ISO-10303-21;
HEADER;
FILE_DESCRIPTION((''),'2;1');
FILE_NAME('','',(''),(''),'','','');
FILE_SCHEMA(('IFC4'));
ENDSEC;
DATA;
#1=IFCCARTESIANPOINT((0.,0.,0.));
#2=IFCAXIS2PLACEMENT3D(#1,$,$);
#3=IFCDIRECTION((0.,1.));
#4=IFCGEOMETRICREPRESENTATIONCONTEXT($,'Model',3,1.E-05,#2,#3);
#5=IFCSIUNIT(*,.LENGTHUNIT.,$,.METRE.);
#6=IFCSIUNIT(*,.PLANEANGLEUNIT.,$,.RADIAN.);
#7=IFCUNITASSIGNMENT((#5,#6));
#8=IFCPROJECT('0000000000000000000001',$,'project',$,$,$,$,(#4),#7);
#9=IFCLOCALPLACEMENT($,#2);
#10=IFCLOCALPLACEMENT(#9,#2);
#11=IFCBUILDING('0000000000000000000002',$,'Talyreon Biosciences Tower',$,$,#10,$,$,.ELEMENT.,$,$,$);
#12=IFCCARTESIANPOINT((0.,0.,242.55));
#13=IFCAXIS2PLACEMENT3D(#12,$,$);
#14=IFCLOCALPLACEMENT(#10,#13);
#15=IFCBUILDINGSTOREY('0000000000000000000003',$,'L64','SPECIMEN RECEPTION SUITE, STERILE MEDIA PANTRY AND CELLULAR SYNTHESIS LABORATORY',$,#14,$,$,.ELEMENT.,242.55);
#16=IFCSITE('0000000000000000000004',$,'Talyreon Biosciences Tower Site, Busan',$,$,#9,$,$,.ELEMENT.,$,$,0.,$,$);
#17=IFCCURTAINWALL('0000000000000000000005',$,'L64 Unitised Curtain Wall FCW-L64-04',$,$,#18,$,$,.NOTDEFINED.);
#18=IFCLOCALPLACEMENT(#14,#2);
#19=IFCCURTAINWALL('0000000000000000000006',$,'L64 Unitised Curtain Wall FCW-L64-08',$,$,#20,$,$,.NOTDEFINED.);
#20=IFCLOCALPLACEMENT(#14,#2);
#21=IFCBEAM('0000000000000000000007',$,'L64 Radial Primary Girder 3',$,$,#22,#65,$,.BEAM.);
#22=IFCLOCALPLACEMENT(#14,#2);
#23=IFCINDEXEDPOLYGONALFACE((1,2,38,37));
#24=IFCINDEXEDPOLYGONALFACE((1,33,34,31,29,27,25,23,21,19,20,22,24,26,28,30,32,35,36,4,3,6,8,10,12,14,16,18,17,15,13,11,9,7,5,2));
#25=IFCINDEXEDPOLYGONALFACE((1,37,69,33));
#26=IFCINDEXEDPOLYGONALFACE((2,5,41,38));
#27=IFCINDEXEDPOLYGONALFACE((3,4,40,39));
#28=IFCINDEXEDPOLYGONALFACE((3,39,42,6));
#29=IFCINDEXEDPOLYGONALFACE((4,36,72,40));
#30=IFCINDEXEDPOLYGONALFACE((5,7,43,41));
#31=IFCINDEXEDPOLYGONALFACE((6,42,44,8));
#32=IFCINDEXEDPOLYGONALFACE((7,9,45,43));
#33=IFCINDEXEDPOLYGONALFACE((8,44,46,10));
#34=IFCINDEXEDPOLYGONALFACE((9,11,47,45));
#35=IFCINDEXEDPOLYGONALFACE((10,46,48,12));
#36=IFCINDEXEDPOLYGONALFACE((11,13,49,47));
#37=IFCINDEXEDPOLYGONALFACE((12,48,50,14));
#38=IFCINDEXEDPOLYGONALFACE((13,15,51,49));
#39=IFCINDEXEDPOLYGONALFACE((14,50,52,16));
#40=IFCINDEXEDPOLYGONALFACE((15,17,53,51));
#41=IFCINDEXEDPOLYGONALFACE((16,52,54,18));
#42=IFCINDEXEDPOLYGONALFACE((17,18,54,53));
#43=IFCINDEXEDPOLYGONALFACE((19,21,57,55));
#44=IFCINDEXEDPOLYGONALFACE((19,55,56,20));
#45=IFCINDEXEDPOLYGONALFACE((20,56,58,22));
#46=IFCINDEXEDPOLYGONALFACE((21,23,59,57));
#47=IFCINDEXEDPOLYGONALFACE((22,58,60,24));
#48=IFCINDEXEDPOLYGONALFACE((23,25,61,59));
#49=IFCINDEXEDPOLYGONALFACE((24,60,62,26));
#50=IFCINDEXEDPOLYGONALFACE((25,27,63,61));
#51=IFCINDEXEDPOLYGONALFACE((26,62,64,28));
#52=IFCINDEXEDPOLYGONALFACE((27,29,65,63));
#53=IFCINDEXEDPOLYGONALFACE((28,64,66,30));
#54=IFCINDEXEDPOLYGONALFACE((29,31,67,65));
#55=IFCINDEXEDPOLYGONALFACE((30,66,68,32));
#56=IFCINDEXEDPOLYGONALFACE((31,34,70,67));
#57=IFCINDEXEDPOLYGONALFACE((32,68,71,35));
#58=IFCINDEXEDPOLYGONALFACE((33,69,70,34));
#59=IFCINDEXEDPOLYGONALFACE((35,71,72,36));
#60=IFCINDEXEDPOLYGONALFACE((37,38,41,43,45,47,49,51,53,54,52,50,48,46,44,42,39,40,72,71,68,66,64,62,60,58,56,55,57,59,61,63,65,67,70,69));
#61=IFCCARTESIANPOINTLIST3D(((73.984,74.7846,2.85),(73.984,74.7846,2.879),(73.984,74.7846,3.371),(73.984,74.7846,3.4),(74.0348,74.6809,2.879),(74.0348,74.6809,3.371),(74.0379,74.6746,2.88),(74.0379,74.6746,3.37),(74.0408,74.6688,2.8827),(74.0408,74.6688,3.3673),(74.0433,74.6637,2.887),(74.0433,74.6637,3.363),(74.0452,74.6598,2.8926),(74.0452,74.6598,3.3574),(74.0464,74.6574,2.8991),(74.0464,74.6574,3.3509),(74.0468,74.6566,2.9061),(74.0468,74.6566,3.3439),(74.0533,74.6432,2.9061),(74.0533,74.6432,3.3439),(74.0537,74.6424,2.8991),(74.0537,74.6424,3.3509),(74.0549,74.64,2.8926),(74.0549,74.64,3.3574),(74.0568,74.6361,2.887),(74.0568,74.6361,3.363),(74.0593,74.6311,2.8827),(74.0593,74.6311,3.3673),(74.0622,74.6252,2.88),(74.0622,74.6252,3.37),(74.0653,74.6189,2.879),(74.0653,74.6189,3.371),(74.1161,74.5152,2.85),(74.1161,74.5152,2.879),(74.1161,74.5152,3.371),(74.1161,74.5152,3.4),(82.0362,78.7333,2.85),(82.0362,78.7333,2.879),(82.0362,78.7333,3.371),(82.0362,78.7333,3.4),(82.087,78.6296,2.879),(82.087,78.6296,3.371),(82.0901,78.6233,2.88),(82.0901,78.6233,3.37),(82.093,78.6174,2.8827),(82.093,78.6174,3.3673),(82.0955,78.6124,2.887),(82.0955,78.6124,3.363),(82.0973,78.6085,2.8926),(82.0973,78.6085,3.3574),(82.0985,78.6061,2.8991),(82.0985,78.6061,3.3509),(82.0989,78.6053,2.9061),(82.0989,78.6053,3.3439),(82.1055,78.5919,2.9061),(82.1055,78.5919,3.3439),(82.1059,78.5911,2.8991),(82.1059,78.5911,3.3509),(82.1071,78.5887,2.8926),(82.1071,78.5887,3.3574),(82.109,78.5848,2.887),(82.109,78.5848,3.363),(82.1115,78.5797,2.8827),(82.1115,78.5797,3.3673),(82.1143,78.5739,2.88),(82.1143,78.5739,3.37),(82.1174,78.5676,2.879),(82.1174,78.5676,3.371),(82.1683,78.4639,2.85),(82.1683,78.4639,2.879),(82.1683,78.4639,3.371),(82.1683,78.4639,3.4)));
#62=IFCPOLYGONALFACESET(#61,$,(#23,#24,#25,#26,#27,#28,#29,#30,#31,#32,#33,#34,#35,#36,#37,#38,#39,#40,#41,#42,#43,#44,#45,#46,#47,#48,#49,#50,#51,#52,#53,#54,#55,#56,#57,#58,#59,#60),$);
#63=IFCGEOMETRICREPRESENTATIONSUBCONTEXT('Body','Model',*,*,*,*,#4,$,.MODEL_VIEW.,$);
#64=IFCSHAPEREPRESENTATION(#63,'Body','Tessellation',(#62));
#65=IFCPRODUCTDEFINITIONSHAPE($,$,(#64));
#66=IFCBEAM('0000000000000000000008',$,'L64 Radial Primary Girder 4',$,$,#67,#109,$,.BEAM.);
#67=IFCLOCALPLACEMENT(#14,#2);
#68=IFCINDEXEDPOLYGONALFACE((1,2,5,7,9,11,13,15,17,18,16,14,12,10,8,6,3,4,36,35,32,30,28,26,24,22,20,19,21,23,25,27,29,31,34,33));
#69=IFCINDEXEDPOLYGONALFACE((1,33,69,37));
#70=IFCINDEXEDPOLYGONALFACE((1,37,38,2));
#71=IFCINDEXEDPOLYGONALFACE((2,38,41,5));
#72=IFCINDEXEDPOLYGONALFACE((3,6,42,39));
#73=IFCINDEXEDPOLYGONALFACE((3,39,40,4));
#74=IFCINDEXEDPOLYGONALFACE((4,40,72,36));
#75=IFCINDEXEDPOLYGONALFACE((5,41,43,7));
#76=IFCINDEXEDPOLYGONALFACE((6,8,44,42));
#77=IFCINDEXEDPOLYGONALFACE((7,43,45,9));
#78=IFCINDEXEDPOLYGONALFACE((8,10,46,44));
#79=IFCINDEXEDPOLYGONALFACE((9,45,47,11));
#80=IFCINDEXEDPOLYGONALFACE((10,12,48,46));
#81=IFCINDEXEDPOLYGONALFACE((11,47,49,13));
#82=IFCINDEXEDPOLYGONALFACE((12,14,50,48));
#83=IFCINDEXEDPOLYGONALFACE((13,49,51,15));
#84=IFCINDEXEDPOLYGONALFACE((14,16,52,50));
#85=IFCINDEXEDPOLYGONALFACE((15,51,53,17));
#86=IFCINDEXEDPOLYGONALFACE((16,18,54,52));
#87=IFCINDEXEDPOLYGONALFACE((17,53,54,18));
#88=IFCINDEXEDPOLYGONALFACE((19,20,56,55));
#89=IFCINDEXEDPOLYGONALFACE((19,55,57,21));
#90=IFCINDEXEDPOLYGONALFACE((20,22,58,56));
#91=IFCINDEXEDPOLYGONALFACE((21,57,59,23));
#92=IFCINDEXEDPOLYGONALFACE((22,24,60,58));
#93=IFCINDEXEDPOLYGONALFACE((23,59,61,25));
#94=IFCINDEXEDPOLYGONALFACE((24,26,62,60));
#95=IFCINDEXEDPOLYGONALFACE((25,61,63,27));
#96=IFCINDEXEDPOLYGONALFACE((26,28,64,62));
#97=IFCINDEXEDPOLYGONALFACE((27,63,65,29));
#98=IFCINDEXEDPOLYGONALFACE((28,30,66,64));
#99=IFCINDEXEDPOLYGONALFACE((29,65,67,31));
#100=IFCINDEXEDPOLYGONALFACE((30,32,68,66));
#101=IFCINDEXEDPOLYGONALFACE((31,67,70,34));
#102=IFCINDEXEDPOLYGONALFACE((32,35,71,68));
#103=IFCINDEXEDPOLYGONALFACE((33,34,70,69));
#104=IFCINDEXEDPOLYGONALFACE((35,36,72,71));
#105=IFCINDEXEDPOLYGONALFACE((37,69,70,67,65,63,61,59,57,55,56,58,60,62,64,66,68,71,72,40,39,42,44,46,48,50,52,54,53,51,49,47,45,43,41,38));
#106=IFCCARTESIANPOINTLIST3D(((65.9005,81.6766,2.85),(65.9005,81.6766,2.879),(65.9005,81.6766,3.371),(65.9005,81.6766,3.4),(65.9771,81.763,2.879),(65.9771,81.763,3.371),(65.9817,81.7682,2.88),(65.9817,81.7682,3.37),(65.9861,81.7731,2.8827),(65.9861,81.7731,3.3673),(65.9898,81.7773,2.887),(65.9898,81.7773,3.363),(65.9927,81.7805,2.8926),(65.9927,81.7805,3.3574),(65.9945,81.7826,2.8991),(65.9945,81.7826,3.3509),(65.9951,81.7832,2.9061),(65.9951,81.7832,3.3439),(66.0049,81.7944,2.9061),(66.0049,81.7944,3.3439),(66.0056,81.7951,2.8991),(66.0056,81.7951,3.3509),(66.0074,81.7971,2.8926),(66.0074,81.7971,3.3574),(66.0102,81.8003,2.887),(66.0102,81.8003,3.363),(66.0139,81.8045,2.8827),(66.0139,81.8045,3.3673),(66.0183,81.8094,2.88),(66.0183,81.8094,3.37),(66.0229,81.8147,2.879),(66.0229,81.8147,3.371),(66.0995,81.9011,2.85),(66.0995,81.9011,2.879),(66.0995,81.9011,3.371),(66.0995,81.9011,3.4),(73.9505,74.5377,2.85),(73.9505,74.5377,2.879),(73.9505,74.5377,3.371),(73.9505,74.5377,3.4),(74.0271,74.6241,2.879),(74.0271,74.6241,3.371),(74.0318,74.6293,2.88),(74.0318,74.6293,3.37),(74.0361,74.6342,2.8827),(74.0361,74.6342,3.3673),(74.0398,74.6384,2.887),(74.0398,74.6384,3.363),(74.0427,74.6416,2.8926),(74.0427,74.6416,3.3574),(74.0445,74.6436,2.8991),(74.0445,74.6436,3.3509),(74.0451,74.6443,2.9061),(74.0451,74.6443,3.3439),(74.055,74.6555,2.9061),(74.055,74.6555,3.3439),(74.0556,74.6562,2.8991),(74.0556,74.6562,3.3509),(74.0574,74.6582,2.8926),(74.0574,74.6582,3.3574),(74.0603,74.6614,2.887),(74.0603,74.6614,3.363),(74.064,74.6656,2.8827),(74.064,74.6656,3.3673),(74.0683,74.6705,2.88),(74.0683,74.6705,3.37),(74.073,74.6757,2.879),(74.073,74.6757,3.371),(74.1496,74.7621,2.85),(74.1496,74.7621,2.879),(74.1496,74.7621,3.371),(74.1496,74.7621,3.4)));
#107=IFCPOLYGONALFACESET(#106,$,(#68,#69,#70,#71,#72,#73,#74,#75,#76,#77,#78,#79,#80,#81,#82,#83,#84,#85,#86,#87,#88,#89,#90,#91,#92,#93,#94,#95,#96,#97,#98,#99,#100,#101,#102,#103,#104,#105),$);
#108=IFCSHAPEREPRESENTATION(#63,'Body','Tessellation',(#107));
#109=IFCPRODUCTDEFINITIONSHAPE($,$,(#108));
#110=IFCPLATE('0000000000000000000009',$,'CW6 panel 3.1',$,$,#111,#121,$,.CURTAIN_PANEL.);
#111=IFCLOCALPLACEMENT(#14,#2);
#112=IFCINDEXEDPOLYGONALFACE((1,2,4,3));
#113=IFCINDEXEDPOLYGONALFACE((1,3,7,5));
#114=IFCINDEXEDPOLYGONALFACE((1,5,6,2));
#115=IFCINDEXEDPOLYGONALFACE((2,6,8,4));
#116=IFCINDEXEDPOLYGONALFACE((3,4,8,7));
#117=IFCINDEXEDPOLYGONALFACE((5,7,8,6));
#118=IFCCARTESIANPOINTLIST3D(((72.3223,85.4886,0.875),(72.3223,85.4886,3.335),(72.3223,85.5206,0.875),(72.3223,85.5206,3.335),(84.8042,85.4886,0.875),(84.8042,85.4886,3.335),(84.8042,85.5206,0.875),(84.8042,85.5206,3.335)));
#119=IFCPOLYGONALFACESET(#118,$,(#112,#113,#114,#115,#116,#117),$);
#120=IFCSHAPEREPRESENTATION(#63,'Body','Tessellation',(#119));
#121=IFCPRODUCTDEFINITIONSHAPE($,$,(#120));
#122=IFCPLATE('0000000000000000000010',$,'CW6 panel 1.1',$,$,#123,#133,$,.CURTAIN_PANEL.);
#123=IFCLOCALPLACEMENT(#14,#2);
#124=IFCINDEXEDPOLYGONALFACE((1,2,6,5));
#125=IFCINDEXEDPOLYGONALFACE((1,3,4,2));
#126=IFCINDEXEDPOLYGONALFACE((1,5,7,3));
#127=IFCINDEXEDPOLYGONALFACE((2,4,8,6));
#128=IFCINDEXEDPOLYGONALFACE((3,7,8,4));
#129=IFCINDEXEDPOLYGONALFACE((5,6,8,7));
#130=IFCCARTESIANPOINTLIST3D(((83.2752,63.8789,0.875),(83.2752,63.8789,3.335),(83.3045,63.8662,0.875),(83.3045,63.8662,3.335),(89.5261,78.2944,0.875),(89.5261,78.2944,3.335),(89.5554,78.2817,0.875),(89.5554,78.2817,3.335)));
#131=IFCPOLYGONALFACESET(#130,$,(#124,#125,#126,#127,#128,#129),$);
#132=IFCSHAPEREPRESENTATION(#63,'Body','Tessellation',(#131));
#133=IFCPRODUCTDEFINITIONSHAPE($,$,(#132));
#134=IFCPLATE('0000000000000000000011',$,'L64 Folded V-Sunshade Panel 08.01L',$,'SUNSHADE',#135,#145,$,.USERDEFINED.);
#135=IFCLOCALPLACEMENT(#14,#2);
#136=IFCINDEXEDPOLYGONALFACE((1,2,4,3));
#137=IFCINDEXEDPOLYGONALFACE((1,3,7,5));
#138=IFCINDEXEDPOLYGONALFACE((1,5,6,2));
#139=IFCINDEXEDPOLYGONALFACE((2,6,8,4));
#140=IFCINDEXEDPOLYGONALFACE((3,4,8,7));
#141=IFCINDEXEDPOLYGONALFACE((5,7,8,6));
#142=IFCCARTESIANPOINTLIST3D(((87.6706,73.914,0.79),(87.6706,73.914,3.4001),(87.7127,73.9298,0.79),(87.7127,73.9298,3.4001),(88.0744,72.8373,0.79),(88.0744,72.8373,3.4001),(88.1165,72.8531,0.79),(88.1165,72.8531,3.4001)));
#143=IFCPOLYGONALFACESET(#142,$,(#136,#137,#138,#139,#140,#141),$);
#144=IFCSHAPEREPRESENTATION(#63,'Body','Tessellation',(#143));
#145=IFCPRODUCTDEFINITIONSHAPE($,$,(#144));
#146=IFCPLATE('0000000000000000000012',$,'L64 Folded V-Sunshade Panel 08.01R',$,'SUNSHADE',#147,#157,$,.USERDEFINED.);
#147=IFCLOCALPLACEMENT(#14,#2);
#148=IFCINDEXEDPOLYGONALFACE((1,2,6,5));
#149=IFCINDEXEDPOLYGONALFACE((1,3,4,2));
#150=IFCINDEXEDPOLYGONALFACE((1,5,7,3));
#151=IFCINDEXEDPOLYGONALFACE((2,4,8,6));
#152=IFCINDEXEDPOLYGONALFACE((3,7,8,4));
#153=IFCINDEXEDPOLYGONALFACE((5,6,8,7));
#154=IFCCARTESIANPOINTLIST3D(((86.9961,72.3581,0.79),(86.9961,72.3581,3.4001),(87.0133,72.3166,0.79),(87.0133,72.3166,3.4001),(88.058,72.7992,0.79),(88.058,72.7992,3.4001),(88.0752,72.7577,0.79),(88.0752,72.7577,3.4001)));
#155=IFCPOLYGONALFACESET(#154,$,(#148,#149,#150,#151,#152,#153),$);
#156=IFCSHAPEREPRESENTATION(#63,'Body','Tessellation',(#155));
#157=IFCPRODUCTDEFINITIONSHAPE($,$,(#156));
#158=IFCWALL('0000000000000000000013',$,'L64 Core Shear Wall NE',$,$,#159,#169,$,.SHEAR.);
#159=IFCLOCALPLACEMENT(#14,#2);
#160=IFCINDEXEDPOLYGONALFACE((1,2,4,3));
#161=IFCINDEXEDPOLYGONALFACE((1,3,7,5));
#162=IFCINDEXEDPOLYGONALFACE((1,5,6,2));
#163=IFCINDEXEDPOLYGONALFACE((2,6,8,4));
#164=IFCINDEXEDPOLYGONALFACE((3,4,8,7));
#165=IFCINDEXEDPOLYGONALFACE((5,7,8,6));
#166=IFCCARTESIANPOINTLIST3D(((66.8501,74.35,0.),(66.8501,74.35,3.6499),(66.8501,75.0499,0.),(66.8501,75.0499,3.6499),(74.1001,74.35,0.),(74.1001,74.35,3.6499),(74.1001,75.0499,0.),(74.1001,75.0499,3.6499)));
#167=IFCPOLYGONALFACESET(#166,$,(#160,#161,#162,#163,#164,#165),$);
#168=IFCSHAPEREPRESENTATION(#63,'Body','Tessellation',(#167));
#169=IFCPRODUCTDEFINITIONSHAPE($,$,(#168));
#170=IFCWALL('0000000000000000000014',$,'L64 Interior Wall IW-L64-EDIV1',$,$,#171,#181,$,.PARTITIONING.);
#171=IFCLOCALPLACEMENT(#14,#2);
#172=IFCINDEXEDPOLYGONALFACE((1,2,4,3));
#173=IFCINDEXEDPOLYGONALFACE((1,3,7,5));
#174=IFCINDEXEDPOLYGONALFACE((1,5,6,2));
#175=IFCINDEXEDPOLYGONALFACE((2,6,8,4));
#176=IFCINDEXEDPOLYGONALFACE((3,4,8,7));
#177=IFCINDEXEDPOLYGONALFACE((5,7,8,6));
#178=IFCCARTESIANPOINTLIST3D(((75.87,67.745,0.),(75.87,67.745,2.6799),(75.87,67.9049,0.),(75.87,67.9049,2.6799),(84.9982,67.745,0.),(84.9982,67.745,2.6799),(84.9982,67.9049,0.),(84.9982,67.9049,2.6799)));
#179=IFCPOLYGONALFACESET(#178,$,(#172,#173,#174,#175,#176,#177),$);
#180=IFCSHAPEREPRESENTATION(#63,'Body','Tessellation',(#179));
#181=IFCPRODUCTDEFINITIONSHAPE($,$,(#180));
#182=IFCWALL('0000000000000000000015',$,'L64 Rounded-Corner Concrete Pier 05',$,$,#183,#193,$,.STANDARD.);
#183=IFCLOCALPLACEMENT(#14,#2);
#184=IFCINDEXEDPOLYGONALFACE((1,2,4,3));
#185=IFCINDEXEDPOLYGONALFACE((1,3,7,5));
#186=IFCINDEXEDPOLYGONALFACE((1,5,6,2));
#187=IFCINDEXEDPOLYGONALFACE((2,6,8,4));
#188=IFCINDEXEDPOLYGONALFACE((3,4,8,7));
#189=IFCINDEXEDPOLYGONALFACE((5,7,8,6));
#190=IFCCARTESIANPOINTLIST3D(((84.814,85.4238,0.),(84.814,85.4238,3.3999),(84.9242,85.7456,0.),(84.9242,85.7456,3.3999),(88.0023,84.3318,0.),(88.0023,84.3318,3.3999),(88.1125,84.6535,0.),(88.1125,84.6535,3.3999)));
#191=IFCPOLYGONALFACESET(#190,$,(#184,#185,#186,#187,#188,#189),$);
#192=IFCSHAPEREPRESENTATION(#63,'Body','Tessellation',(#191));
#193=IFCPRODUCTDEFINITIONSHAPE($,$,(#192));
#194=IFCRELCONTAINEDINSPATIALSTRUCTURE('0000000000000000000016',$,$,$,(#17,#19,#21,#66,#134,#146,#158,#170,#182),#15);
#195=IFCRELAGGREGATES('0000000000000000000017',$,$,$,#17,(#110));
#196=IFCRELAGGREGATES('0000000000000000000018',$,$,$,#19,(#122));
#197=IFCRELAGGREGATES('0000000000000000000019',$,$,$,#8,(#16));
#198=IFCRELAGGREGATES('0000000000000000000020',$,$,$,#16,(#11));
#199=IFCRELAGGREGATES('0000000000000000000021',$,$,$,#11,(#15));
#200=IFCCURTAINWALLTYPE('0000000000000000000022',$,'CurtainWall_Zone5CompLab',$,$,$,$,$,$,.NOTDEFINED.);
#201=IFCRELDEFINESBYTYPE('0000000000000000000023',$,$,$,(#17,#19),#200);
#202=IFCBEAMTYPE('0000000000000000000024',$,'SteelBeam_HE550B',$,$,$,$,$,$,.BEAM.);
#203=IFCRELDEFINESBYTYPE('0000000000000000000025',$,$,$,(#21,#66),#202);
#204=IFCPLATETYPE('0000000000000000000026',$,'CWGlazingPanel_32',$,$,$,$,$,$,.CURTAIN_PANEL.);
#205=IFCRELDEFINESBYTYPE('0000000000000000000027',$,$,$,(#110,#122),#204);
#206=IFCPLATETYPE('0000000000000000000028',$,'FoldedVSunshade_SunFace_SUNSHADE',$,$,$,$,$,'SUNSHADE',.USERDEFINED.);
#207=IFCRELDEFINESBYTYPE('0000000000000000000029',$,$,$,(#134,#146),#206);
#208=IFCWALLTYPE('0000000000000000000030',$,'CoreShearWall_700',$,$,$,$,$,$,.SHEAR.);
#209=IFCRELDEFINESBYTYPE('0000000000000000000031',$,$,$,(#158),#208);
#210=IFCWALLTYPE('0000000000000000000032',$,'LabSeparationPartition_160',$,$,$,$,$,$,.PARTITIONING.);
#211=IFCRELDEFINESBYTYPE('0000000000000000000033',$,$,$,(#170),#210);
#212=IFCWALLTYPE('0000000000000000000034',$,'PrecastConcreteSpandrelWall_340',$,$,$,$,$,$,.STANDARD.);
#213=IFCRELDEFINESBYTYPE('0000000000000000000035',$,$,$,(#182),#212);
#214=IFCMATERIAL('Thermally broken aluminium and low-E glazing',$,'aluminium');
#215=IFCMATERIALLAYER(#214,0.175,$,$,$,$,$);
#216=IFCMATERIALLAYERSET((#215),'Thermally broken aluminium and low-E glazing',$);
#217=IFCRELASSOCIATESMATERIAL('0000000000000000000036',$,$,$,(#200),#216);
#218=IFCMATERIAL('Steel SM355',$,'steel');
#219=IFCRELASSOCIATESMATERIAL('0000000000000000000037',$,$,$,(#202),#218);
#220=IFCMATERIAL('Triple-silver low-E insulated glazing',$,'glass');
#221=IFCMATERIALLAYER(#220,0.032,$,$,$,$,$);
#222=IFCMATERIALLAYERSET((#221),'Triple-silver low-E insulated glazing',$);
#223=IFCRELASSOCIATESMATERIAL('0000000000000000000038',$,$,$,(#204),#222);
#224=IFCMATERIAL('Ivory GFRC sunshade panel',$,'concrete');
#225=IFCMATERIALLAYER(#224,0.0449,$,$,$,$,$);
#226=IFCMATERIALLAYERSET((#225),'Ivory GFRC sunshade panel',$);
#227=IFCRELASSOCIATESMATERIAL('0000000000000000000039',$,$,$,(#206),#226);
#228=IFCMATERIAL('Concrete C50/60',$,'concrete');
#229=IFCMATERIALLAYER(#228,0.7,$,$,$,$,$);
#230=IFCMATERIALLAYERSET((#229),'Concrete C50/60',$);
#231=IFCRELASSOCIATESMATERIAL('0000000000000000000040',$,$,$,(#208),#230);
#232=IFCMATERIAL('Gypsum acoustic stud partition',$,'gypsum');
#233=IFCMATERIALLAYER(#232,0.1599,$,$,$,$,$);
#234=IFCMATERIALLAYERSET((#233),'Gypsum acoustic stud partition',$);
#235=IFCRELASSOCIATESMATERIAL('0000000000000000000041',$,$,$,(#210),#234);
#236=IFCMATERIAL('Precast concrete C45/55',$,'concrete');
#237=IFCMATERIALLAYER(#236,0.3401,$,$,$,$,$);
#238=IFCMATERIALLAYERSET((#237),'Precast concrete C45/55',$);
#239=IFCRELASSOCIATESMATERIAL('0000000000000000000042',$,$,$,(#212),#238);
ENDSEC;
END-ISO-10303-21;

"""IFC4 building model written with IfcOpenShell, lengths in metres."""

from ifc_helpers import new_model, si_unit, direction, frame, frame_2d, origin, origin_2d, place, context, subcontext, project, spatial, rectangle, i_section, extrude, material, layer, layer_set, material_profile, profile_set, type_object, element, aggregate, save


model = new_model("IFC4")

# Units and contexts
model_context = context("Model", 3, precision=1e-05, world=origin(), true_north=direction((0.0, 1.0)))
body_context = subcontext(model_context, "Body", "Model", "MODEL_VIEW")
ifc_project = project(units=[si_unit("LENGTHUNIT", "METRE"), si_unit("PLANEANGLEUNIT", "RADIAN")], contexts=[model_context])

# Site, building, storey
site_placement = place(None, origin())
site = spatial("IfcSite", under=ifc_project, at=site_placement, Name="Talyreon Biosciences Tower Site, Busan", CompositionType="ELEMENT", RefElevation=0.0)
building_placement = place(site_placement, origin())
building = spatial("IfcBuilding", under=site, at=building_placement, Name="Talyreon Biosciences Tower", CompositionType="ELEMENT")
storey_placement = place(building_placement, frame((0.0, 0.0, 242.55)))
storey = spatial("IfcBuildingStorey", under=building, at=storey_placement, Name="L64", Description="SPECIMEN RECEPTION SUITE, STERILE MEDIA PANTRY AND CELLULAR SYNTHESIS LABORATORY", CompositionType="ELEMENT", Elevation=242.55)

# Shared definitions
ifc_material_1 = material(Name="Concrete C50/60", Category="concrete")

# Curtain wall
ifc_material_2 = material(Name="Thermally broken aluminium and low-E glazing", Category="aluminium")
ifc_layer_1 = layer(ifc_material_2, 0.175)
ifc_layer_set_1 = layer_set([ifc_layer_1], Name="Thermally broken aluminium and low-E glazing")
curtain_wall_type = type_object("IfcCurtainWallType", Name="CurtainWall_Zone5CompLab", PredefinedType="NOTDEFINED", material=ifc_layer_set_1)
curtain_wall_1_placement = place(storey_placement, origin())
curtain_wall_1 = element("IfcCurtainWall", 1, at=curtain_wall_1_placement, inside=storey, type_object=curtain_wall_type, Name="L64 Unitised Curtain Wall FCW-L64-04", PredefinedType="NOTDEFINED")

# Curtain wall
curtain_wall_2_placement = place(storey_placement, origin())
curtain_wall_2 = element("IfcCurtainWall", 2, at=curtain_wall_2_placement, inside=storey, type_object=curtain_wall_type, Name="L64 Unitised Curtain Wall FCW-L64-08", PredefinedType="NOTDEFINED")

# Beams
ifc_material_3 = material(Name="Precast concrete C45/55", Category="concrete")
ifc_material_4 = material(Name="Steel SM355", Category="steel")
ifc_material_profile_1 = material_profile(ifc_material_4, i_section(OverallWidth=0.3, OverallDepth=0.55, WebThickness=0.0149, FlangeThickness=0.0291, FilletRadius=0.0271, at=origin_2d()), Name="HE550B")
ifc_profile_set_1 = profile_set([ifc_material_profile_1], Name="Steel SM355")
beam_type_1 = type_object("IfcBeamType", Name="SteelBeam_HE550B", PredefinedType="BEAM", material=ifc_profile_set_1)
beam_1_placement = place(storey_placement, frame((74.05, 74.6499, 3.125), z_axis=(0.897852, 0.440297, 0.0), x_axis=(-0.440297, 0.897852, 0.0)))
element("IfcBeam", 3, at=beam_1_placement, inside=storey, type_object=beam_type_1, Name="L64 Radial Primary Girder 3", PredefinedType="BEAM", context=body_context, shape_type="SweptSolid", body=[
    extrude(i_section(OverallWidth=0.3, OverallDepth=0.55, WebThickness=0.0149, FlangeThickness=0.0291, FilletRadius=0.0271, at=origin_2d()), origin(), (0.0, 0.0, 1.0), 8.9683),
])
beam_2_placement = place(storey_placement, frame((74.05, 74.6499, 3.125), z_axis=(-0.748179, 0.663497, 0.0), x_axis=(-0.663497, -0.748179, 0.0)))
element("IfcBeam", 4, at=beam_2_placement, inside=storey, type_object=beam_type_1, Name="L64 Radial Primary Girder 4", PredefinedType="BEAM", context=body_context, shape_type="SweptSolid", body=[
    extrude(i_section(OverallWidth=0.3, OverallDepth=0.55, WebThickness=0.0149, FlangeThickness=0.0291, FilletRadius=0.0271, at=origin_2d()), origin(), (0.0, 0.0, 1.0), 10.7595),
])

# Plates
ifc_material_5 = material(Name="Triple-silver low-E insulated glazing", Category="glass")
ifc_layer_2 = layer(ifc_material_5, 0.032)
ifc_layer_set_2 = layer_set([ifc_layer_2], Name="Triple-silver low-E insulated glazing")
plate_type_1 = type_object("IfcPlateType", Name="CWGlazingPanel_32", PredefinedType="CURTAIN_PANEL", material=ifc_layer_set_2)
plate_1_placement = place(storey_placement, frame((78.5632, 85.5046, 0.875), z_axis=(0.0, 0.0, 1.0), x_axis=(1.0, 0.0, 0.0)))
plate_1 = element("IfcPlate", 5, at=plate_1_placement, type_object=plate_type_1, Name="CW6 panel 3.1", PredefinedType="CURTAIN_PANEL", context=body_context, shape_type="SweptSolid", body=[
    extrude(rectangle(XDim=12.4819, YDim=0.032, at=origin_2d()), origin(), (0.0, 0.0, 1.0), 2.46),
])
aggregate(curtain_wall_1, [plate_1])
plate_2_placement = place(storey_placement, frame((86.4153, 71.0803, 0.875), z_axis=(0.0, 0.0, 1.0), x_axis=(-0.397832, -0.917458, 0.0)))
plate_2 = element("IfcPlate", 6, at=plate_2_placement, type_object=plate_type_1, Name="CW6 panel 1.1", PredefinedType="CURTAIN_PANEL", context=body_context, shape_type="SweptSolid", body=[
    extrude(rectangle(XDim=15.7124, YDim=0.032, at=origin_2d()), origin(), (0.0, 0.0, 1.0), 2.46),
])
aggregate(curtain_wall_2, [plate_2])

# Plates
ifc_material_6 = material(Name="Ivory GFRC sunshade panel", Category="concrete")
ifc_layer_3 = layer(ifc_material_6, 0.0449)
ifc_layer_set_3 = layer_set([ifc_layer_3], Name="Ivory GFRC sunshade panel")
plate_type_2 = type_object("IfcPlateType", Name="FoldedVSunshade_SunFace_SUNSHADE", ElementType="SUNSHADE", PredefinedType="USERDEFINED", material=ifc_layer_set_3)
for number, where, z_axis, x_axis, name in (
    (7, (87.8936, 73.3835, 0.79), (0.0, 0.0, 1.0), (0.351139, -0.936323, 0.0), "L64 Folded V-Sunshade Panel 08.01L"),
    (8, (87.5356, 72.5579, 0.79), (0.0, 0.0, 1.0), (-0.923498, -0.383602, 0.0), "L64 Folded V-Sunshade Panel 08.01R"),
):
    element("IfcPlate", number, at=place(storey_placement, frame(where, z_axis=z_axis, x_axis=x_axis)), inside=storey, type_object=plate_type_2, Name=name, ObjectType="SUNSHADE", PredefinedType="USERDEFINED", context=body_context, shape_type="SweptSolid", body=[
        extrude(rectangle(XDim=1.1499, YDim=0.0449, at=origin_2d()), origin(), (0.0, 0.0, 1.0), 2.6101),
    ])

# Walls
ifc_layer_4 = layer(ifc_material_1, 0.7)
ifc_layer_set_4 = layer_set([ifc_layer_4], Name="Concrete C50/60")
wall_type_1 = type_object("IfcWallType", Name="CoreShearWall_700", PredefinedType="SHEAR", material=ifc_layer_set_4)
wall_1_placement = place(storey_placement, frame((74.1001, 74.7, 0.0), z_axis=(0.0, 0.0, 1.0), x_axis=(-1.0, 0.0, 0.0)))
element("IfcWall", 9, at=wall_1_placement, inside=storey, type_object=wall_type_1, Name="L64 Core Shear Wall NE", PredefinedType="SHEAR", context=body_context, shape_type="SweptSolid", body=[
    extrude(rectangle(XDim=7.25, YDim=0.7, at=frame_2d((3.625, 0.0))), origin(), (0.0, 0.0, 1.0), 3.6499),
])
ifc_material_7 = material(Name="Gypsum acoustic stud partition", Category="gypsum")
ifc_layer_5 = layer(ifc_material_7, 0.1599)
ifc_layer_set_5 = layer_set([ifc_layer_5], Name="Gypsum acoustic stud partition")
wall_type_2 = type_object("IfcWallType", Name="LabSeparationPartition_160", PredefinedType="PARTITIONING", material=ifc_layer_set_5)
wall_2_placement = place(storey_placement, frame((75.8701, 67.825, 0.0), z_axis=(0.0, 0.0, 1.0), x_axis=(1.0, 0.0, 0.0)))
element("IfcWall", 10, at=wall_2_placement, inside=storey, type_object=wall_type_2, Name="L64 Interior Wall IW-L64-EDIV1", PredefinedType="PARTITIONING", context=body_context, shape_type="SweptSolid", body=[
    extrude(rectangle(XDim=9.1282, YDim=0.1599, at=frame_2d((4.564, 0.0))), origin(), (0.0, 0.0, 1.0), 2.6799),
])
ifc_layer_6 = layer(ifc_material_3, 0.3401)
ifc_layer_set_6 = layer_set([ifc_layer_6], Name="Precast concrete C45/55")
wall_type_3 = type_object("IfcWallType", Name="PrecastConcreteSpandrelWall_340", PredefinedType="STANDARD", material=ifc_layer_set_6)
for number, where, z_axis, x_axis, name in (
    (11, (84.8691, 85.5847, 0.0), (0.0, 0.0, 1.0), (0.946043, -0.324041, 0.0), "L64 Rounded-Corner Concrete Pier 05"),
):
    element("IfcWall", number, at=place(storey_placement, frame(where, z_axis=z_axis, x_axis=x_axis)), inside=storey, type_object=wall_type_3, Name=name, PredefinedType="STANDARD", context=body_context, shape_type="SweptSolid", body=[
        extrude(rectangle(XDim=3.3701, YDim=0.3401, at=frame_2d((1.6851, 0.0))), origin(), (0.0, 0.0, 1.0), 3.3999),
    ])

save(model, "model.ifc")
